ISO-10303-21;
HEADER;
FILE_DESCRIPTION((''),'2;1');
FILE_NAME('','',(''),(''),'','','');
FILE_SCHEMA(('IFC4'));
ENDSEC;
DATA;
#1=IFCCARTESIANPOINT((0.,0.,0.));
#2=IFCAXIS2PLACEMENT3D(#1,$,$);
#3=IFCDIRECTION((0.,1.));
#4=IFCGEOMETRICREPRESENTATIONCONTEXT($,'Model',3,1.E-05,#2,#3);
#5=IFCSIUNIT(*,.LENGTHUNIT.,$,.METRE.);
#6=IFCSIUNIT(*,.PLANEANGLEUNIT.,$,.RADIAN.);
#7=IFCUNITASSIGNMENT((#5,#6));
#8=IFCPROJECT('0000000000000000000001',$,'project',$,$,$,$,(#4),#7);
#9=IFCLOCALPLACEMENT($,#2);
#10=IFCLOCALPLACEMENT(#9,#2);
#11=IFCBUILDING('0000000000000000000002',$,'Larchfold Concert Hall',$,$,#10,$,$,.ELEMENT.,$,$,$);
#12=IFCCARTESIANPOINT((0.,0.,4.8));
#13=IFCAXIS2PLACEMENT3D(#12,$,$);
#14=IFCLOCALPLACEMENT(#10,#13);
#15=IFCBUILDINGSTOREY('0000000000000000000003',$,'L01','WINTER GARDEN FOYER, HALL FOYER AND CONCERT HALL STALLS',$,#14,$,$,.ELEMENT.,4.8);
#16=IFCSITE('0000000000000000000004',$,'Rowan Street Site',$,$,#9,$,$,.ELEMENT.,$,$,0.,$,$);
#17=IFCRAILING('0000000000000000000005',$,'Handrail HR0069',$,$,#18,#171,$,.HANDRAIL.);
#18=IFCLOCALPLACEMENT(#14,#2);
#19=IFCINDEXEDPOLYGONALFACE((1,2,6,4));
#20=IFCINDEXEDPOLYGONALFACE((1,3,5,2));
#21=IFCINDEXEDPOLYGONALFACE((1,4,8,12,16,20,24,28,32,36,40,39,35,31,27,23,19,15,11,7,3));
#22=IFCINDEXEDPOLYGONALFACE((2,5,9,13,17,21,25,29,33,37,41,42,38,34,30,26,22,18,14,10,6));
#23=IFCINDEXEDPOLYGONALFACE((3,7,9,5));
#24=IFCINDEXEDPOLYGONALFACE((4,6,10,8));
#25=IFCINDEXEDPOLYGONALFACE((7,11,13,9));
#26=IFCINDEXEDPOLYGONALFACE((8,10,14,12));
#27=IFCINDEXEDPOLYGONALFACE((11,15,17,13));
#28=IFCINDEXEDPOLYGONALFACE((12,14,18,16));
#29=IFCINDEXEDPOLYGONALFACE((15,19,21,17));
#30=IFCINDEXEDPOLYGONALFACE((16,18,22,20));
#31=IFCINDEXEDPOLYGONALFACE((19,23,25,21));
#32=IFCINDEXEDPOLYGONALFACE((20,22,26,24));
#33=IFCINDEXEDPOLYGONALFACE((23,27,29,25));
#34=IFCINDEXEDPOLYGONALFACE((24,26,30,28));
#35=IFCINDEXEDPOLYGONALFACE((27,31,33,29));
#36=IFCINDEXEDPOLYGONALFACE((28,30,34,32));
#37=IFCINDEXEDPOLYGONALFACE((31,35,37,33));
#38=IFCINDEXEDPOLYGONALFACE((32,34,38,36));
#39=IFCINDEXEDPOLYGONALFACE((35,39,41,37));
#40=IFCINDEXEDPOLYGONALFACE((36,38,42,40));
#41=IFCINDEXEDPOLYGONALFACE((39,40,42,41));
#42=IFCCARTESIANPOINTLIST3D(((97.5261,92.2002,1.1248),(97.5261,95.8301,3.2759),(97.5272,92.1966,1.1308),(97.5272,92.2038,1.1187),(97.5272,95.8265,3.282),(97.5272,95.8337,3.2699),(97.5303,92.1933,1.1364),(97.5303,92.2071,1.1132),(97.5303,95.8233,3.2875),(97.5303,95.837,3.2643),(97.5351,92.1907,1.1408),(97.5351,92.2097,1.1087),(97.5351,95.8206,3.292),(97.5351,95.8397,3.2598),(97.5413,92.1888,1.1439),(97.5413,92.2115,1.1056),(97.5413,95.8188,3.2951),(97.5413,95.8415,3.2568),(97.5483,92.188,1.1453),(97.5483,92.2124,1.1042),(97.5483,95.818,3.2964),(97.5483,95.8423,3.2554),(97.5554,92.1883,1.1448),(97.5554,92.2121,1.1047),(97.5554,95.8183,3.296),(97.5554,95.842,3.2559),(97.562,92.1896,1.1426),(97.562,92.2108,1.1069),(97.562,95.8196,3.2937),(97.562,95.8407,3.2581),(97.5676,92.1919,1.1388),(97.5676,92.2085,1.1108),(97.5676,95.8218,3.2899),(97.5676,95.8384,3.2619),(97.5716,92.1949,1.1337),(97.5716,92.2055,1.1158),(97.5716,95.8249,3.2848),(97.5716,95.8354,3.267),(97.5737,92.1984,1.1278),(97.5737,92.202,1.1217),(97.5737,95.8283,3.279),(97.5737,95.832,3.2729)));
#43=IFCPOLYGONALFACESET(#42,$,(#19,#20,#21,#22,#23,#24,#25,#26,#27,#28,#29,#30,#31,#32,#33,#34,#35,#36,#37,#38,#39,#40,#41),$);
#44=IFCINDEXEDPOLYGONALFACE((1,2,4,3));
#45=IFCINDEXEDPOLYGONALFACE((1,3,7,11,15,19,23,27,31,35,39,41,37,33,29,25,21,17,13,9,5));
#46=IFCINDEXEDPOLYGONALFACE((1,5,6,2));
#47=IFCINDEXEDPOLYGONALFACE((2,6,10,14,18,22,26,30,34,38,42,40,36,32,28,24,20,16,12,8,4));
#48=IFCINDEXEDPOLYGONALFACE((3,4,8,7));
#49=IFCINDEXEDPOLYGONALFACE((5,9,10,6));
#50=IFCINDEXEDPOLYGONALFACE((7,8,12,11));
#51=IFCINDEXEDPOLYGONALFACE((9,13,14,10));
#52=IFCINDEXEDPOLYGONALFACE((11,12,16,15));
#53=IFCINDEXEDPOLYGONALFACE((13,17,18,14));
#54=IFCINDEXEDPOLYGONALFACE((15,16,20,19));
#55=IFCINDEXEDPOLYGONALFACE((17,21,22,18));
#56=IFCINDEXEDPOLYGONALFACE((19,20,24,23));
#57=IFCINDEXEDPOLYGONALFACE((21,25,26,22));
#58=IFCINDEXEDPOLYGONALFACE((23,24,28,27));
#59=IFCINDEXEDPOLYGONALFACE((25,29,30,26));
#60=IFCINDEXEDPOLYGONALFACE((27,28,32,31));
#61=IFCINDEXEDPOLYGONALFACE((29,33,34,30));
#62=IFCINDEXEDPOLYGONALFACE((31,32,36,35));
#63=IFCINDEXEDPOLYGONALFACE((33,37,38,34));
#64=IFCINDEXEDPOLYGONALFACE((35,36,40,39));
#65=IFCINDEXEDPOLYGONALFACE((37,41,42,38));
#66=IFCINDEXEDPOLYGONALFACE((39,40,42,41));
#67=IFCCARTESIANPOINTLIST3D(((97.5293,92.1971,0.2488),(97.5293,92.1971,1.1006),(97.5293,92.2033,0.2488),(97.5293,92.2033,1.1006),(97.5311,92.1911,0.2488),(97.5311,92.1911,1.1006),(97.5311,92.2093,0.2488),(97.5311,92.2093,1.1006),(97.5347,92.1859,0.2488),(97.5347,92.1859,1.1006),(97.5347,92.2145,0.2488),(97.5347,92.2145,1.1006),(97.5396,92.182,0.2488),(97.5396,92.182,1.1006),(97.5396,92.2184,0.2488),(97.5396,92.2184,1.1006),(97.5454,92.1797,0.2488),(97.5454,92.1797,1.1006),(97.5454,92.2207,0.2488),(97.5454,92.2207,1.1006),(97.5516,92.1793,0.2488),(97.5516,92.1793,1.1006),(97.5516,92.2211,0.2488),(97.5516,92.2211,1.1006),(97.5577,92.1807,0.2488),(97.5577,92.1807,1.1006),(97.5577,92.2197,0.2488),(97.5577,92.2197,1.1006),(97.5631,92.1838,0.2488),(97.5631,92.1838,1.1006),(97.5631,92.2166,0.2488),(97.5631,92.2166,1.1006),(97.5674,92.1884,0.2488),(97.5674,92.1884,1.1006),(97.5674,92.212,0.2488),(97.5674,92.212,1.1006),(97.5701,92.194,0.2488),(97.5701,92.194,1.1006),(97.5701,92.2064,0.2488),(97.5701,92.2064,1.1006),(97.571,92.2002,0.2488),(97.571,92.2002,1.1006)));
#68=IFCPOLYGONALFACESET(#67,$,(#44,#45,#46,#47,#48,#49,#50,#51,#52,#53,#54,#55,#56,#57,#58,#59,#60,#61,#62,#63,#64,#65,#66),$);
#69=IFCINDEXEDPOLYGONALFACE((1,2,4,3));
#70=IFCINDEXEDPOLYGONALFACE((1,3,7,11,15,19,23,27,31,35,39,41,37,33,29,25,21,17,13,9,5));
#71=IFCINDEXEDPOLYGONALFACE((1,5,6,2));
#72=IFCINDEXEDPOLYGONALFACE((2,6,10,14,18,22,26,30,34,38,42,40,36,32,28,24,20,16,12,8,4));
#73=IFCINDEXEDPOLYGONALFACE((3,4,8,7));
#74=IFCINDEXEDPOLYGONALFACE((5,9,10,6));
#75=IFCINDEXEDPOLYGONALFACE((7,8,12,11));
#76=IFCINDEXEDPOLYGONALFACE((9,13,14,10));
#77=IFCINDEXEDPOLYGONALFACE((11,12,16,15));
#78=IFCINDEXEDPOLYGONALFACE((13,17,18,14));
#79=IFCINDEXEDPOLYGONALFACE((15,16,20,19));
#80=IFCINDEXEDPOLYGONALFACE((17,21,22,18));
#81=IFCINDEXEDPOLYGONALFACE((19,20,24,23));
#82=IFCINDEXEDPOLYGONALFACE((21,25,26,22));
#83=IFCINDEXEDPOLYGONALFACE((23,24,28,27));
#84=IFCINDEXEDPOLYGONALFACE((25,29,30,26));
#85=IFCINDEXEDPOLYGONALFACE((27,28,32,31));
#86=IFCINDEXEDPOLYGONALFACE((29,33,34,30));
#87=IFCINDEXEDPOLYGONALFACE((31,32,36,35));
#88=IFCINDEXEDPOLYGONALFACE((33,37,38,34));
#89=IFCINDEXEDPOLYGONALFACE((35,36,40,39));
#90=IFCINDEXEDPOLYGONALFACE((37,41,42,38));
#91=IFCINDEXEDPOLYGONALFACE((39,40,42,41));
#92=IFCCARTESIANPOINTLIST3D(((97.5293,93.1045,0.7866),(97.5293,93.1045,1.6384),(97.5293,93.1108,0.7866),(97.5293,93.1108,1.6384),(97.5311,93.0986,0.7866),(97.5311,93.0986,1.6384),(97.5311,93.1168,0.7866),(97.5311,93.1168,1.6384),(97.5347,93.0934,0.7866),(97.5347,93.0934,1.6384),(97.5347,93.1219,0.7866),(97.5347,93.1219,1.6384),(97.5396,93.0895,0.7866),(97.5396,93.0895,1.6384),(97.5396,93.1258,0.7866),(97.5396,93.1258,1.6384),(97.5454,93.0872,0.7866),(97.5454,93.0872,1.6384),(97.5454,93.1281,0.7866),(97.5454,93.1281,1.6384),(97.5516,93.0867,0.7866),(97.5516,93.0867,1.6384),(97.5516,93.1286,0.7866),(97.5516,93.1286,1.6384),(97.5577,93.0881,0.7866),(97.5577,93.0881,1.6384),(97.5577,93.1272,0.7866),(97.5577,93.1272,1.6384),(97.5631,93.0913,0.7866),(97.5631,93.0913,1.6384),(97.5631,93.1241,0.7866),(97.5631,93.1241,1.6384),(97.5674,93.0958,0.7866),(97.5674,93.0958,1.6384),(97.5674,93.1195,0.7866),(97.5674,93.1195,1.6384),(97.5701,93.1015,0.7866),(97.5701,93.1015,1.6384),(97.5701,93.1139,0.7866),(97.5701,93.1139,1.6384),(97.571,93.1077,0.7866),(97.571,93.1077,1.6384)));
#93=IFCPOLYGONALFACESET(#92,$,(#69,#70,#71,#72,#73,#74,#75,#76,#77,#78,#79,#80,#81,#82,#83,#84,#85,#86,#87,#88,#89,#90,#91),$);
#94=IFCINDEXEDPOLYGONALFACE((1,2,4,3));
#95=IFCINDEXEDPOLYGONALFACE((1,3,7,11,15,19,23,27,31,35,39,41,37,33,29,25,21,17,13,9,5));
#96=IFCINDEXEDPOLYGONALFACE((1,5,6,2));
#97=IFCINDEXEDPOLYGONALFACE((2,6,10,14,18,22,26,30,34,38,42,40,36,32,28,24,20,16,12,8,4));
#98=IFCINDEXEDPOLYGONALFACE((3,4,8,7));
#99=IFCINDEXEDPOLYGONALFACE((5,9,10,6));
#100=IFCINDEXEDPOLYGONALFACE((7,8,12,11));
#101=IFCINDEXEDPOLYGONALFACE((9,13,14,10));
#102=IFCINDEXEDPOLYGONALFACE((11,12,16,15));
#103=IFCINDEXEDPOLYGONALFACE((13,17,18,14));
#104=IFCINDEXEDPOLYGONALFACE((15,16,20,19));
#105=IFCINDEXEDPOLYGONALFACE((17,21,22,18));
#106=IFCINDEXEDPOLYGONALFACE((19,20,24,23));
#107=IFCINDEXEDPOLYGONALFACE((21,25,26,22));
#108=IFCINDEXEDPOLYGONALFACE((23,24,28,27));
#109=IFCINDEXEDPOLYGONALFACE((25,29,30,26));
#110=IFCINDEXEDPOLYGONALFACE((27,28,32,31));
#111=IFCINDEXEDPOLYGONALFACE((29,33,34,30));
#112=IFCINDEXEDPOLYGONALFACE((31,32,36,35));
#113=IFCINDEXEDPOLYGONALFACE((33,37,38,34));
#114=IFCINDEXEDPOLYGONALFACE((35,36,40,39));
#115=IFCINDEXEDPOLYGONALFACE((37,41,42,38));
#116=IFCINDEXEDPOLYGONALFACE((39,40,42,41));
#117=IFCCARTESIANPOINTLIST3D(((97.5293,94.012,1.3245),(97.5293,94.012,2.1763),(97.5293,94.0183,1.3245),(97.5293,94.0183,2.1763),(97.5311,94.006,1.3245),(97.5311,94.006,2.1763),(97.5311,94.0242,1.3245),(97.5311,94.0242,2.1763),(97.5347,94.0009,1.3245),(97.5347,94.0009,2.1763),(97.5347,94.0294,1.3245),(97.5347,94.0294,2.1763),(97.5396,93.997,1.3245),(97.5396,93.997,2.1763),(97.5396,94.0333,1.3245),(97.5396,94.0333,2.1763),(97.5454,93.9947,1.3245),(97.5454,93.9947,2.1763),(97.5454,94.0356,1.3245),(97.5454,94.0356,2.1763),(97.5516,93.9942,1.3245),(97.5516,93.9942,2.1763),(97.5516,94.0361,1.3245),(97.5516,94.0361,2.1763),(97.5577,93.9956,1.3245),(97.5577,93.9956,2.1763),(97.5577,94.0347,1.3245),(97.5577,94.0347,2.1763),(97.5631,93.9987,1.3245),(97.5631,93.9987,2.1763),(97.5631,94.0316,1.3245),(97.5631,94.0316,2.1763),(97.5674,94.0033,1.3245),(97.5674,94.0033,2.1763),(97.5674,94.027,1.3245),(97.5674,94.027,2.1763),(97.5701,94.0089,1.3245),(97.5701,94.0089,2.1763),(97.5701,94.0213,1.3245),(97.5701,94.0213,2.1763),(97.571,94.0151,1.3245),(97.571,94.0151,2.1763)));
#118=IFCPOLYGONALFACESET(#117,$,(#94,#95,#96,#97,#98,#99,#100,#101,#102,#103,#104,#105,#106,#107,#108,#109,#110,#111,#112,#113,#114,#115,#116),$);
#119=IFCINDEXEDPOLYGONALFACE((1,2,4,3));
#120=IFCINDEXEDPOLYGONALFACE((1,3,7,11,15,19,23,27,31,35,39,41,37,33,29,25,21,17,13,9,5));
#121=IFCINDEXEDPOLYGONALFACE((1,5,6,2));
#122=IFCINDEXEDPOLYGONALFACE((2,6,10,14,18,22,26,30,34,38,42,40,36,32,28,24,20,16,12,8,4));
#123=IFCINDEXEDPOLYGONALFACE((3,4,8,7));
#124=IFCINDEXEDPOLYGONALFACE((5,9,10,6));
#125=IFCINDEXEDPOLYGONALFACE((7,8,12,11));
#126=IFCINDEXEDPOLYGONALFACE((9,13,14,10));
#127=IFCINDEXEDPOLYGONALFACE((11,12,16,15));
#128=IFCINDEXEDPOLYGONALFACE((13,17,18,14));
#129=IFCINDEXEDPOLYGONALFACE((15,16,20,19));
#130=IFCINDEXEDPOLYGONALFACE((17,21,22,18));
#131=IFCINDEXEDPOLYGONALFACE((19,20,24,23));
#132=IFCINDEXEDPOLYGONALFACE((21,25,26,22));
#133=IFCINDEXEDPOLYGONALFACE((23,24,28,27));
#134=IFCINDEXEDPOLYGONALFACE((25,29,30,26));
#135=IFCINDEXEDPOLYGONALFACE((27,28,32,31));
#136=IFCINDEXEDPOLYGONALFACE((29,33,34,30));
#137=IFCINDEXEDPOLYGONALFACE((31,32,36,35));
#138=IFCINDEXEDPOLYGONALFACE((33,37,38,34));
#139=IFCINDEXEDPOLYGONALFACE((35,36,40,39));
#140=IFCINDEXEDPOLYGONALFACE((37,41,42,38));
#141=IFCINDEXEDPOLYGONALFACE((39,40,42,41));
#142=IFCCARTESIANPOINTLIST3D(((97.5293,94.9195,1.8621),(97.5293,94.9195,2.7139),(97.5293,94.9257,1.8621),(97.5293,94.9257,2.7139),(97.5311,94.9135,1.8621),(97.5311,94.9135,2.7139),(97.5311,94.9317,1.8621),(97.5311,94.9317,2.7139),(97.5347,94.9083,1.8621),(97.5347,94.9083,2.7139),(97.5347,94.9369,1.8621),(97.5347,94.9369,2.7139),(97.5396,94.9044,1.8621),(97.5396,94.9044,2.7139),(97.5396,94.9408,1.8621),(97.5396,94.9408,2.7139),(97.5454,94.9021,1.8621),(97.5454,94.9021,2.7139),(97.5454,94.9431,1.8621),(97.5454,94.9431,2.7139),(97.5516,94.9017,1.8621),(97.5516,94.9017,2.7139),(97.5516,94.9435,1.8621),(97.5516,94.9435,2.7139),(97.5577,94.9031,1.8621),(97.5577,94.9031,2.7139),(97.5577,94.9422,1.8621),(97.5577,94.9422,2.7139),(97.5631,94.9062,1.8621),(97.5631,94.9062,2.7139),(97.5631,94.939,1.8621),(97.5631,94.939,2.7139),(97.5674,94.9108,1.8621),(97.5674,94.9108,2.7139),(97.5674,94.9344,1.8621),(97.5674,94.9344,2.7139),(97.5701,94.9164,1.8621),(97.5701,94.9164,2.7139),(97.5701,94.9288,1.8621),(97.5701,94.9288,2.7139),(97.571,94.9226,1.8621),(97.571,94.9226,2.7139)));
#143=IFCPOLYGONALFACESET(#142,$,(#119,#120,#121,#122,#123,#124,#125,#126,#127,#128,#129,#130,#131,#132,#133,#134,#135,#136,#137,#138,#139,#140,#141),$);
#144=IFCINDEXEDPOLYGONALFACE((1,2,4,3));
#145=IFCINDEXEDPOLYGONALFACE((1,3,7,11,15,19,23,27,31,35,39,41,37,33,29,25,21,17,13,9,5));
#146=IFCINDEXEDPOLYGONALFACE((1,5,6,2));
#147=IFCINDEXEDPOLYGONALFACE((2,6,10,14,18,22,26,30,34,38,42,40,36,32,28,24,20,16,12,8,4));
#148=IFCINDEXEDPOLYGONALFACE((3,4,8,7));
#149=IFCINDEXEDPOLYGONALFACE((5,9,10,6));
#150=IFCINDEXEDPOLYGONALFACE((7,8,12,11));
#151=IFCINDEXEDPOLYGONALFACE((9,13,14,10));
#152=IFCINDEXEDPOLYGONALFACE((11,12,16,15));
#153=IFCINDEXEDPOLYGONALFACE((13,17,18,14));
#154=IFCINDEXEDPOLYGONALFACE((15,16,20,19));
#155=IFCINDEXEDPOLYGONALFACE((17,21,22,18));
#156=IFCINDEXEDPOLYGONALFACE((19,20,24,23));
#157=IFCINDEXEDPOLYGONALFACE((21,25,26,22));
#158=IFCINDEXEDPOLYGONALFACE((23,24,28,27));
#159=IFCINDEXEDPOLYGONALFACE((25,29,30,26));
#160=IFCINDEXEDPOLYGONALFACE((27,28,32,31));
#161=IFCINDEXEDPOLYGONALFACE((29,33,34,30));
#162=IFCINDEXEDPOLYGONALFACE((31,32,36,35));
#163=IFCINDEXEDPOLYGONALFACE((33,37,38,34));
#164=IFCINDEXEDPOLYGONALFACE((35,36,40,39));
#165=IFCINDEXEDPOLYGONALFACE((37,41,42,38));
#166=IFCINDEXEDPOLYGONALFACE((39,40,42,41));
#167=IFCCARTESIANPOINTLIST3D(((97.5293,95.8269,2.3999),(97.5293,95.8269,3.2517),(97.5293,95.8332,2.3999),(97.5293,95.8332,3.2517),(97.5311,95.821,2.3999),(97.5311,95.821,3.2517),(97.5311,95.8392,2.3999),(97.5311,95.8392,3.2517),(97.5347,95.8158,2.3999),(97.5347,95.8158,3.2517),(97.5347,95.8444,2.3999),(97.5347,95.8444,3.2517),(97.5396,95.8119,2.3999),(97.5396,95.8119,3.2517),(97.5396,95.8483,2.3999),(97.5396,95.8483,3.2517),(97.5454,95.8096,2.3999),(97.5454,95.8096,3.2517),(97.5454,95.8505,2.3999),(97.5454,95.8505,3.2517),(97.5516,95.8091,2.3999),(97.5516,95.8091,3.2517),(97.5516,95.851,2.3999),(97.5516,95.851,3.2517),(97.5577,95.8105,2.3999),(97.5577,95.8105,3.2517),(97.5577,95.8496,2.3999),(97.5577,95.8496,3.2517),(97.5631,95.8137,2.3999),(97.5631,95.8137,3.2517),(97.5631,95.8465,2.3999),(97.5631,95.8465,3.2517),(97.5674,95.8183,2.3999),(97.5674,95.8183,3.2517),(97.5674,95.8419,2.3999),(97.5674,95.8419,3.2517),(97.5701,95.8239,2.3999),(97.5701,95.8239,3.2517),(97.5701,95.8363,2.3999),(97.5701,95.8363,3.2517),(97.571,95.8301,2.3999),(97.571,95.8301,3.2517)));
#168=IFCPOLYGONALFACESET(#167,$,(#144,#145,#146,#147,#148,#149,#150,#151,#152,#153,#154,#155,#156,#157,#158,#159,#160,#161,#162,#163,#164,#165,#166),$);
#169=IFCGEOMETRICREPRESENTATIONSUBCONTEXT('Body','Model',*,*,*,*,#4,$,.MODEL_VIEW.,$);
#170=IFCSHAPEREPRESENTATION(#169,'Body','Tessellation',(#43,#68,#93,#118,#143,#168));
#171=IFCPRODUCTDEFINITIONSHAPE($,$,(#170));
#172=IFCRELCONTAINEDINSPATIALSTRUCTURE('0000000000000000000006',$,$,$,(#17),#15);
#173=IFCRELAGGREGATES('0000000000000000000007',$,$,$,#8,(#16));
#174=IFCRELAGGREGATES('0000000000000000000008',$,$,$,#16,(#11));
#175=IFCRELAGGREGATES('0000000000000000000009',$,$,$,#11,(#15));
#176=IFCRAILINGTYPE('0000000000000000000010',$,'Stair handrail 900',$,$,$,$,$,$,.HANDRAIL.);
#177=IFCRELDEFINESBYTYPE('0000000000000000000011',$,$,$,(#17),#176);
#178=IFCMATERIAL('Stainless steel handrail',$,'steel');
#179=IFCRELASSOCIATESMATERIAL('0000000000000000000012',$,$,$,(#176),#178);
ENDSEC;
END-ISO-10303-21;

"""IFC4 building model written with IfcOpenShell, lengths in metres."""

from ifc_helpers import new_model, si_unit, direction, frame, origin, origin_2d, place, context, subcontext, project, spatial, circle, extrude, material, type_object, element, save


model = new_model("IFC4")

# Units and contexts
model_context = context("Model", 3, precision=1e-05, world=origin(), true_north=direction((0.0, 1.0)))
body_context = subcontext(model_context, "Body", "Model", "MODEL_VIEW")
ifc_project = project(units=[si_unit("LENGTHUNIT", "METRE"), si_unit("PLANEANGLEUNIT", "RADIAN")], contexts=[model_context])

# Site, building, storey
site_placement = place(None, origin())
site = spatial("IfcSite", under=ifc_project, at=site_placement, Name="Rowan Street Site", CompositionType="ELEMENT", RefElevation=0.0)
building_placement = place(site_placement, origin())
building = spatial("IfcBuilding", under=site, at=building_placement, Name="Larchfold Concert Hall", CompositionType="ELEMENT")
storey_placement = place(building_placement, frame((0.0, 0.0, 4.8)))
storey = spatial("IfcBuildingStorey", under=building, at=storey_placement, Name="L01", Description="WINTER GARDEN FOYER, HALL FOYER AND CONCERT HALL STALLS", CompositionType="ELEMENT", Elevation=4.8)

# Railing
ifc_material_1 = material(Name="Stainless steel handrail", Category="steel")
railing_type_1 = type_object("IfcRailingType", Name="Stair handrail 900", PredefinedType="HANDRAIL", material=ifc_material_1)
railing_1_placement = place(storey_placement, frame((97.55, 92.2002, 0.2488)))
element("IfcRailing", 1, at=railing_1_placement, inside=storey, type_object=railing_type_1, Name="Handrail HR0069", PredefinedType="HANDRAIL", context=body_context, shape_type="SweptSolid", body=[
    extrude(circle(Radius=0.0239, at=origin_2d()), frame((0.0, 0.0, 0.876), z_axis=(0.0, 0.860283, 0.509817), x_axis=(-1.0, 0.0, 0.0)), (0.0, 0.0, 1.0), 4.2195),
    extrude(circle(Radius=0.021, at=origin_2d()), origin(), (0.0, 0.0, 1.0), 0.8518),
    extrude(circle(Radius=0.021, at=origin_2d()), frame((0.0, 0.9075, 0.5378)), (0.0, 0.0, 1.0), 0.8518),
    extrude(circle(Radius=0.021, at=origin_2d()), frame((0.0, 1.8149, 1.0757)), (0.0, 0.0, 1.0), 0.8518),
    extrude(circle(Radius=0.021, at=origin_2d()), frame((0.0, 2.7224, 1.6133)), (0.0, 0.0, 1.0), 0.8518),
    extrude(circle(Radius=0.021, at=origin_2d()), frame((0.0, 3.6299, 2.1511)), (0.0, 0.0, 1.0), 0.8518),
])

save(model, "model.ifc")
